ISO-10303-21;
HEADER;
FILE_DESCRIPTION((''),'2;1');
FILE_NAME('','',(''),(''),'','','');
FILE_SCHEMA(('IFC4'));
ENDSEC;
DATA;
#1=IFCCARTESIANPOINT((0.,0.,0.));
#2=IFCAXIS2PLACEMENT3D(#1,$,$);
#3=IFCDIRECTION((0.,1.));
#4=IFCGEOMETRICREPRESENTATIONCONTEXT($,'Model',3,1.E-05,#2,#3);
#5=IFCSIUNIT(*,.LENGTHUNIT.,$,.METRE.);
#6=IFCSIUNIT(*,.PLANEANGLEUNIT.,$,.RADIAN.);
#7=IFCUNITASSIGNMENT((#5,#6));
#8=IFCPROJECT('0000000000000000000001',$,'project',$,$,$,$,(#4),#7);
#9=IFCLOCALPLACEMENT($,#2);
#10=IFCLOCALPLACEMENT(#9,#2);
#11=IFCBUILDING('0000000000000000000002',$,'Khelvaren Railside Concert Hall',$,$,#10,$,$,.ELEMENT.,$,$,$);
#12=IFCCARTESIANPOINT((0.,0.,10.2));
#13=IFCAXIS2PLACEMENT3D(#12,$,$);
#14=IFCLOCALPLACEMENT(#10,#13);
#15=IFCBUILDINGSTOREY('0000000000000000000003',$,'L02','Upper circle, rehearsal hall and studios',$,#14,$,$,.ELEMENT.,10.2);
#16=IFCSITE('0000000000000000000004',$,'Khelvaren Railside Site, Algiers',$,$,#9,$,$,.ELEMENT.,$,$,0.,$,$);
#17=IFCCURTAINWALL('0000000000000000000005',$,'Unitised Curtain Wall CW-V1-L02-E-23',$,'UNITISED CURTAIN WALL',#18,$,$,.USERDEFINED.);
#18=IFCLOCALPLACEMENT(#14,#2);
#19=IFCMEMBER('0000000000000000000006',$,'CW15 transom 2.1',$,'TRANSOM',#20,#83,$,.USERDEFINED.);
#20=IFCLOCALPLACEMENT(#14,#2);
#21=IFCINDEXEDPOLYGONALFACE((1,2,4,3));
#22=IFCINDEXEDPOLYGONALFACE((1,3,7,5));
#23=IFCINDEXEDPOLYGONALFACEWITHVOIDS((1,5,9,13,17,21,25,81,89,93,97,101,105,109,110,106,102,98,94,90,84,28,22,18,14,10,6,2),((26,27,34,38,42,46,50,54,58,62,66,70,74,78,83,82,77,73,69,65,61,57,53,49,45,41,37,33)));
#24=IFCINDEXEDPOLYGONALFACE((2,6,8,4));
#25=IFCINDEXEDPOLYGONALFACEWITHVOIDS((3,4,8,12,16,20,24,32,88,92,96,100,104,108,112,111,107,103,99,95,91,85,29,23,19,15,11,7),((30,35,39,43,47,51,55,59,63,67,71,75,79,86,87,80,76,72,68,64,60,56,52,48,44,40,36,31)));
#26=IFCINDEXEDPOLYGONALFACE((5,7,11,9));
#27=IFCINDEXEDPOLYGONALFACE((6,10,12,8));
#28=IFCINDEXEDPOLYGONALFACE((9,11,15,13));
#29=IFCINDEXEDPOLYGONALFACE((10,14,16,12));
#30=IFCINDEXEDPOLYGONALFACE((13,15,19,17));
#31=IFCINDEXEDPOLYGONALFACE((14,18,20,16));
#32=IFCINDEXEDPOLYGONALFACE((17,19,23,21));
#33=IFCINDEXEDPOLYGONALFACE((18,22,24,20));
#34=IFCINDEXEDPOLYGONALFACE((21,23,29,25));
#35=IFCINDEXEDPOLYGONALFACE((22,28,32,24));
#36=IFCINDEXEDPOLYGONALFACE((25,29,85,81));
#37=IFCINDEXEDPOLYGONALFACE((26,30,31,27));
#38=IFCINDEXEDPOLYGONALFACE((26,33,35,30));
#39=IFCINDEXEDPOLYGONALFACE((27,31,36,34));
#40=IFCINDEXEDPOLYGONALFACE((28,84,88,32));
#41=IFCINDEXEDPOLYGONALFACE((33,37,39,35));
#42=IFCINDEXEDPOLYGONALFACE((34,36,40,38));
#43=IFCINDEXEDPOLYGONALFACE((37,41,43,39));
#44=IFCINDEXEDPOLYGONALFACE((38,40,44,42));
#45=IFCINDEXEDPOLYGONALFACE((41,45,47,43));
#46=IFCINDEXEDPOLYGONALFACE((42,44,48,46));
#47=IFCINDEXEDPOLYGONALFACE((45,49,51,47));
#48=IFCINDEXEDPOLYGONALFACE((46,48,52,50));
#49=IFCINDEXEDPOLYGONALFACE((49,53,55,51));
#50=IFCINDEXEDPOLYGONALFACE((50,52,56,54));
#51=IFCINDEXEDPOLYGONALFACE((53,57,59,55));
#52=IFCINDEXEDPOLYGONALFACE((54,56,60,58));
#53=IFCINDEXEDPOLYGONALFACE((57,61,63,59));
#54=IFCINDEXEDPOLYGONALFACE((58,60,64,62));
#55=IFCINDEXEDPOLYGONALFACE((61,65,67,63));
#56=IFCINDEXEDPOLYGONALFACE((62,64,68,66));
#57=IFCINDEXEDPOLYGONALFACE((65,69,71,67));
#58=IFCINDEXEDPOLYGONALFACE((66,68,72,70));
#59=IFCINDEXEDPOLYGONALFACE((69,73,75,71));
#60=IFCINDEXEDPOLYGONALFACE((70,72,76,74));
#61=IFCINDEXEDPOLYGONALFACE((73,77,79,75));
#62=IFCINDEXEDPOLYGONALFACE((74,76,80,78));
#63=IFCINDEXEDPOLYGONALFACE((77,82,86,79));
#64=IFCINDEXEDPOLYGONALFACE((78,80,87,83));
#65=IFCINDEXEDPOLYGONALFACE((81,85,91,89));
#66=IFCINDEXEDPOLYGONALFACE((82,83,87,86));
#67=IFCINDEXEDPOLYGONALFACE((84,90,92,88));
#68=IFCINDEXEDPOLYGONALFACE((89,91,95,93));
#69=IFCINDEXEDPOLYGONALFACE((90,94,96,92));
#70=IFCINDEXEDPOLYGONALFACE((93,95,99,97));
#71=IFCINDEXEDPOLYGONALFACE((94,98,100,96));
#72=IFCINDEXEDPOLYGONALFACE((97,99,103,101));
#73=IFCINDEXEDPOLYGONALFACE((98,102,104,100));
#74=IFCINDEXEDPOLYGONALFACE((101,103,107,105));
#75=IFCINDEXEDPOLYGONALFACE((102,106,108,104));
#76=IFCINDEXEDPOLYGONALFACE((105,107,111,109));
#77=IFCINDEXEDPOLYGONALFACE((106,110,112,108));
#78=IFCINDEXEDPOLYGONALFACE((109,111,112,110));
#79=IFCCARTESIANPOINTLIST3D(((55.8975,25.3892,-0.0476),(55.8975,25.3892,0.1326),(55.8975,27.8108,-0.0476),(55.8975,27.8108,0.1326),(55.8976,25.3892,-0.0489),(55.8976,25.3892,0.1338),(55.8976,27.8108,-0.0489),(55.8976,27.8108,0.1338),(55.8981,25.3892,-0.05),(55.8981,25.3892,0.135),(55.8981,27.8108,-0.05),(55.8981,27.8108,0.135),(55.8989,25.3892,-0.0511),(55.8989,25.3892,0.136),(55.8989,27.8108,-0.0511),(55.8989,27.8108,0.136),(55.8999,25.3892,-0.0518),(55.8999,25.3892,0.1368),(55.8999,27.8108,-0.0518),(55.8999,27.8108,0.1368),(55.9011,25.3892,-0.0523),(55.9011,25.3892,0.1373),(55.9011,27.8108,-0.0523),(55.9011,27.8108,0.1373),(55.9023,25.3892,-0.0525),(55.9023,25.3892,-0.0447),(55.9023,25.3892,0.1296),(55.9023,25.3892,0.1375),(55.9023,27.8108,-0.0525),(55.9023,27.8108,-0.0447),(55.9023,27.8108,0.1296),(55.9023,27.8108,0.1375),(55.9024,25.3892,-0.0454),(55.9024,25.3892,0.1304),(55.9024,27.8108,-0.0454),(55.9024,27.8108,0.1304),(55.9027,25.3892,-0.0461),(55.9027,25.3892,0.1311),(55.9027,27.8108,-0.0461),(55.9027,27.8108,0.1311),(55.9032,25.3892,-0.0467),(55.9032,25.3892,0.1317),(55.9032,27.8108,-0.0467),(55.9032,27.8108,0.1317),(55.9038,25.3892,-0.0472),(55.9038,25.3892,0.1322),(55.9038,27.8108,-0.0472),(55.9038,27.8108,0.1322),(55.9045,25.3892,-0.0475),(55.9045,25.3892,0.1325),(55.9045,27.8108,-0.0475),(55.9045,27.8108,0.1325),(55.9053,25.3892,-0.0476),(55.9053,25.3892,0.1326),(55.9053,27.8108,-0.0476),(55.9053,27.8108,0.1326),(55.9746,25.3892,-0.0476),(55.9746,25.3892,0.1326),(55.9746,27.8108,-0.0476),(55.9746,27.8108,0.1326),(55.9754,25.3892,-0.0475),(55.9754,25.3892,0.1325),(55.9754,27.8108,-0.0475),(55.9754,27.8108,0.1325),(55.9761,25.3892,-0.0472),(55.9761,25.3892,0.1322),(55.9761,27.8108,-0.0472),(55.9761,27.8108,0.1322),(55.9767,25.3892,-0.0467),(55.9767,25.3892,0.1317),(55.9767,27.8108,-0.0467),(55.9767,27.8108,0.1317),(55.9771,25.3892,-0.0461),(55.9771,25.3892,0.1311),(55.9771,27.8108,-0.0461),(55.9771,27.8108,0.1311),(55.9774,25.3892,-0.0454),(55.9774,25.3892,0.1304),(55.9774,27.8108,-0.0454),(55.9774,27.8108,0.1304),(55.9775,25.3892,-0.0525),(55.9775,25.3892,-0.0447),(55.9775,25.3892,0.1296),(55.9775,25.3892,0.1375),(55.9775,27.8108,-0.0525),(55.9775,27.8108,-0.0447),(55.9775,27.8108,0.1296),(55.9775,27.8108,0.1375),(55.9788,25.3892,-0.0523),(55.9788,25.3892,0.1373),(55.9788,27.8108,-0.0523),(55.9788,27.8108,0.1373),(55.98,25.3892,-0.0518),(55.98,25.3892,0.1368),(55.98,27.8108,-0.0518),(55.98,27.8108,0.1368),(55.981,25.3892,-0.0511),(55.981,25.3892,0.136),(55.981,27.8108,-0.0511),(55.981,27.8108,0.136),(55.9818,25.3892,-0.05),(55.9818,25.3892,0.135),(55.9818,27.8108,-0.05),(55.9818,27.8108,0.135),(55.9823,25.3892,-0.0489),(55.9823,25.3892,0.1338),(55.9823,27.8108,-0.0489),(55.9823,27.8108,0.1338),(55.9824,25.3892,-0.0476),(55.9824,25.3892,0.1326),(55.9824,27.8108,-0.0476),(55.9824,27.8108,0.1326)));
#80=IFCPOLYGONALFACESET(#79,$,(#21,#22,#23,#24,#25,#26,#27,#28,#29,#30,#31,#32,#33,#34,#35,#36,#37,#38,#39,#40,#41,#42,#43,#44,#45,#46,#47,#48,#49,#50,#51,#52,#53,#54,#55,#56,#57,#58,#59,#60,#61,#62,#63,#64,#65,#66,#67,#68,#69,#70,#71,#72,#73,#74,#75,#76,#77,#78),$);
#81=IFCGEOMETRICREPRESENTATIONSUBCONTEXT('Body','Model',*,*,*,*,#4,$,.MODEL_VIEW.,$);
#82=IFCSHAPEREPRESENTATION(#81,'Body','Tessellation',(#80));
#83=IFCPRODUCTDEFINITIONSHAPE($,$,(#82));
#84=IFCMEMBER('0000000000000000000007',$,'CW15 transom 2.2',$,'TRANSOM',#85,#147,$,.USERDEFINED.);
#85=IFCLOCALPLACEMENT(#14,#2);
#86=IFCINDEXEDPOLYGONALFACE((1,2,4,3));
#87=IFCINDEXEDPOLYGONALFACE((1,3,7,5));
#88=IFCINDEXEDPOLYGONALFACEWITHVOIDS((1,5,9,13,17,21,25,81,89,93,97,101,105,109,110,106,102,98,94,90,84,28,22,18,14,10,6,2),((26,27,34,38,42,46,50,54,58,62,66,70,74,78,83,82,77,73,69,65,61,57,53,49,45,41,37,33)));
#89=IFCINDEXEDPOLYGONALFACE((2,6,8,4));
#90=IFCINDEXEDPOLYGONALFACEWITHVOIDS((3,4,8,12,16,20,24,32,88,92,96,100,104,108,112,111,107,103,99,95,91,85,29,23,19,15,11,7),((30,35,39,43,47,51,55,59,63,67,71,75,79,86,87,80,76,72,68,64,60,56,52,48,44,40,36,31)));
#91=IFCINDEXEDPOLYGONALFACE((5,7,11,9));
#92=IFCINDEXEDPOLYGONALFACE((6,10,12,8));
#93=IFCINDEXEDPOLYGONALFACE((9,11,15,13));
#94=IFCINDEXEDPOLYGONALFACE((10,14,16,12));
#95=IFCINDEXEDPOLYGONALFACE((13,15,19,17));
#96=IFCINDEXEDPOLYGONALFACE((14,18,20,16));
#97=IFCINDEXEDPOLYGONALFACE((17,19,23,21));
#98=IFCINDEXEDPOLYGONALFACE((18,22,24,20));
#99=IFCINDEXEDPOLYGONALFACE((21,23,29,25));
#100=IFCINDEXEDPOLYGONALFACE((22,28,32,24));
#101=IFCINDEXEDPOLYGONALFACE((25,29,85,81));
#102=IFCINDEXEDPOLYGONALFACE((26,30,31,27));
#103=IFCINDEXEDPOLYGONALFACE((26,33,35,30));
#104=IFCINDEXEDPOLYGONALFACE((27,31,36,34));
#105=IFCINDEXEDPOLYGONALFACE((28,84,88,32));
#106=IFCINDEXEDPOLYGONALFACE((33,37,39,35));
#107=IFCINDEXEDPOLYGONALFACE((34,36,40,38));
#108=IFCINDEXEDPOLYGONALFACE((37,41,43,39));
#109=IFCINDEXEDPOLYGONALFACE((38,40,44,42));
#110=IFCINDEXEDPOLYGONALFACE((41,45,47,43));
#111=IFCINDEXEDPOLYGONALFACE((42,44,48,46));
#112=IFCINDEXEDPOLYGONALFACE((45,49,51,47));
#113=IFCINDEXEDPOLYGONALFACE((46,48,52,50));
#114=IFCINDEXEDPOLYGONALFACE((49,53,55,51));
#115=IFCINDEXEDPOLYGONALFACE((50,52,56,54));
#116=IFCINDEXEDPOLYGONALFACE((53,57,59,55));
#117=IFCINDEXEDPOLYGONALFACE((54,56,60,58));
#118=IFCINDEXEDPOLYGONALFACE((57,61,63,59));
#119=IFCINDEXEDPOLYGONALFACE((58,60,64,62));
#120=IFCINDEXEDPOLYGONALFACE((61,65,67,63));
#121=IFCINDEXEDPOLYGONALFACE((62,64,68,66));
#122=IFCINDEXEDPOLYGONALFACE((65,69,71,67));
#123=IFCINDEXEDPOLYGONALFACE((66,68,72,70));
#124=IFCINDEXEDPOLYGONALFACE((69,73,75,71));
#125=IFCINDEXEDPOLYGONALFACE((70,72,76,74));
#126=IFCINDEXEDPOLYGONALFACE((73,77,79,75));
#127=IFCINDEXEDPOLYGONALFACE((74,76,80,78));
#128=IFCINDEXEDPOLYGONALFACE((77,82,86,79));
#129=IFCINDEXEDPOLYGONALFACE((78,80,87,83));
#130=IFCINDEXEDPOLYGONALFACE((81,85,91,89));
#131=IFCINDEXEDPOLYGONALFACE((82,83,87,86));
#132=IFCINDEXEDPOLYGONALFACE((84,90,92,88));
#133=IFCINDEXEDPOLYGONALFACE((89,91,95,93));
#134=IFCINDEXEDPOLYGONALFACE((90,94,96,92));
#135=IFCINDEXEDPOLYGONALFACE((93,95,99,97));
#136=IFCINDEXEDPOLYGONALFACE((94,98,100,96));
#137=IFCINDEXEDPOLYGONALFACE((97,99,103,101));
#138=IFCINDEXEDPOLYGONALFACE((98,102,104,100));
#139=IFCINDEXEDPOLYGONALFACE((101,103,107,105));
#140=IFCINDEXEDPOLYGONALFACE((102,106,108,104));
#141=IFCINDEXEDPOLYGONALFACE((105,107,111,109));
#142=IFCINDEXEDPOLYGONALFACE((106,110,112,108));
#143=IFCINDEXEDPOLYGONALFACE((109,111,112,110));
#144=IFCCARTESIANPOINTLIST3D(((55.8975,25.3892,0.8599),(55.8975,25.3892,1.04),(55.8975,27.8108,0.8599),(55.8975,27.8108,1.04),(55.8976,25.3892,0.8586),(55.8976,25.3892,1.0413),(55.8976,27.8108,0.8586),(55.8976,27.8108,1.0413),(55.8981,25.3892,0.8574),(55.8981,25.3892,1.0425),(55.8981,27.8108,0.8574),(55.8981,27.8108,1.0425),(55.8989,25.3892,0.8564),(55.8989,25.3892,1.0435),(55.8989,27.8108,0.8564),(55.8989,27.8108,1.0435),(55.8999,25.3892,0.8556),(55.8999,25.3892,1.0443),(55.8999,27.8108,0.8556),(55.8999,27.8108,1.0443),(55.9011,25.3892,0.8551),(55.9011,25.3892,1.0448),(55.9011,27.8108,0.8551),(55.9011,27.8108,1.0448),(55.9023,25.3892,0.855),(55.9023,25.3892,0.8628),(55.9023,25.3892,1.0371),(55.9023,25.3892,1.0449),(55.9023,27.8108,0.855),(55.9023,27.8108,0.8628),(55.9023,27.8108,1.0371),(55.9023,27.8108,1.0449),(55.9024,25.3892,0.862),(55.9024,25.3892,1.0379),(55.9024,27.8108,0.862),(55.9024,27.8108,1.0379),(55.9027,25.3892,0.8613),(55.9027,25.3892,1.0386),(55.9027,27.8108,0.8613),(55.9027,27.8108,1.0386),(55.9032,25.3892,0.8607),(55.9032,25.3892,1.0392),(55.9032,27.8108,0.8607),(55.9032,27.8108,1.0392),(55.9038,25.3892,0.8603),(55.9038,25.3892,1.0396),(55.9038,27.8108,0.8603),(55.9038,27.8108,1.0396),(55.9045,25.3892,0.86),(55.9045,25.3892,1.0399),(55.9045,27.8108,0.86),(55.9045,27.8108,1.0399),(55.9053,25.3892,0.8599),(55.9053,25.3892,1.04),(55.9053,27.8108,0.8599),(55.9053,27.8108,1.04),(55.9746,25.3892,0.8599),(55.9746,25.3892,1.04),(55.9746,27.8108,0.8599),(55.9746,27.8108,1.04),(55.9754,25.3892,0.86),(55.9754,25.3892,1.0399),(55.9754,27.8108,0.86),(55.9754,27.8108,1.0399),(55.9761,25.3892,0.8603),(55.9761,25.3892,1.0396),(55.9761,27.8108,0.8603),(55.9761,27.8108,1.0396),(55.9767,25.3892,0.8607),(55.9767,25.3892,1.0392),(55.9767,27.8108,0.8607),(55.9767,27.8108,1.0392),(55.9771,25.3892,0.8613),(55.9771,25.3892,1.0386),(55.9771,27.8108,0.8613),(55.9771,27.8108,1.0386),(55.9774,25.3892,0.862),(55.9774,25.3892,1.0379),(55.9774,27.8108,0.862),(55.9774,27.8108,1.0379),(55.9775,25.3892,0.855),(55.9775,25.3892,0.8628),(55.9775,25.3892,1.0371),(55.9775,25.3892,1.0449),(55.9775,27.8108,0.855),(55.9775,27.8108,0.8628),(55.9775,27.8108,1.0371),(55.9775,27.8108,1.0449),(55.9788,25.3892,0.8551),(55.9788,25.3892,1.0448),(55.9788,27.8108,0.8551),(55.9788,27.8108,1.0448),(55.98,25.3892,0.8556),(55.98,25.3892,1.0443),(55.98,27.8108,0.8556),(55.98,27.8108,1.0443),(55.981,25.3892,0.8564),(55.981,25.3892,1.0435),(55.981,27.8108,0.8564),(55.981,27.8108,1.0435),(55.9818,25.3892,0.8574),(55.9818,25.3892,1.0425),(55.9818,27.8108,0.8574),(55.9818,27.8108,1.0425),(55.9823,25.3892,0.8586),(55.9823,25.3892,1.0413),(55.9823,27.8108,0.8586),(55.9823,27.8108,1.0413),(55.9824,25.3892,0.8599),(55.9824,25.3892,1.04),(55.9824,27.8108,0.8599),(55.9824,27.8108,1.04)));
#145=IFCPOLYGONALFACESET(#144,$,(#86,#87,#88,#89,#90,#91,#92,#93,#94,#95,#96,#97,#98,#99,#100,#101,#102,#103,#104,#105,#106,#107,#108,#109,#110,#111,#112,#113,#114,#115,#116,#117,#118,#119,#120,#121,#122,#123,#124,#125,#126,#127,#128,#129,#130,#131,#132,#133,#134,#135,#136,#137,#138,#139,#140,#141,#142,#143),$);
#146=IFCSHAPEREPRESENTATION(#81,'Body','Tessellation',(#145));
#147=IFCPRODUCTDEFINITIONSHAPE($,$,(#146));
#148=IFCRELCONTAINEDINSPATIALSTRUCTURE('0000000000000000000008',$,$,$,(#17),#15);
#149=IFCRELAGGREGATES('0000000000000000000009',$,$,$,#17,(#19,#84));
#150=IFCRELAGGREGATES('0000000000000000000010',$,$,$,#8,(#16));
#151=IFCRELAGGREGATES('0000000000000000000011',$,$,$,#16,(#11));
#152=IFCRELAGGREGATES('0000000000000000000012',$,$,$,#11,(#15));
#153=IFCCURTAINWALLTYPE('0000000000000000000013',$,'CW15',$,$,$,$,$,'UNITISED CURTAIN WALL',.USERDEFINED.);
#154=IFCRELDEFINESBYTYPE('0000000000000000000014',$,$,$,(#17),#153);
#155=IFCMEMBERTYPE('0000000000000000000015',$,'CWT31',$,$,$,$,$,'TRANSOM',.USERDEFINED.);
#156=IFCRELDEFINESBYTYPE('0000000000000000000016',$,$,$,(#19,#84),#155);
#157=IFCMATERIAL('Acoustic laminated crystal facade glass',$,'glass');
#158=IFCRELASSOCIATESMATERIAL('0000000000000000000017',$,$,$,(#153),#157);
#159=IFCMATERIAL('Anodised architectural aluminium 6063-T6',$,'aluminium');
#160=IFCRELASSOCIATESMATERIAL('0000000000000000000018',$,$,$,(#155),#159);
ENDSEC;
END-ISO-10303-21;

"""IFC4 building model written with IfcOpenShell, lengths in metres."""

from ifc_helpers import new_model, si_unit, direction, frame, origin, origin_2d, place, context, subcontext, project, spatial, hollow_rectangle, extrude, material, material_profile, profile_set, type_object, element, aggregate, save


model = new_model("IFC4")

# Units and contexts
model_context = context("Model", 3, precision=1e-05, world=origin(), true_north=direction((0.0, 1.0)))
body_context = subcontext(model_context, "Body", "Model", "MODEL_VIEW")
ifc_project = project(units=[si_unit("LENGTHUNIT", "METRE"), si_unit("PLANEANGLEUNIT", "RADIAN")], contexts=[model_context])

# Site, building, storey
site_placement = place(None, origin())
site = spatial("IfcSite", under=ifc_project, at=site_placement, Name="Khelvaren Railside Site, Algiers", CompositionType="ELEMENT", RefElevation=0.0)
building_placement = place(site_placement, origin())
building = spatial("IfcBuilding", under=site, at=building_placement, Name="Khelvaren Railside Concert Hall", CompositionType="ELEMENT")
storey_placement = place(building_placement, frame((0.0, 0.0, 10.2)))
storey = spatial("IfcBuildingStorey", under=building, at=storey_placement, Name="L02", Description="Upper circle, rehearsal hall and studios", CompositionType="ELEMENT", Elevation=10.2)

# Shared definitions
ifc_material_1 = material(Name="Acoustic laminated crystal facade glass", Category="glass")
ifc_material_2 = material(Name="Anodised architectural aluminium 6063-T6", Category="aluminium")

# Curtain wall
curtain_wall_type_1 = type_object("IfcCurtainWallType", Name="CW15", ElementType="UNITISED CURTAIN WALL", PredefinedType="USERDEFINED", material=ifc_material_1)
curtain_wall_1_placement = place(storey_placement, origin())
curtain_wall_1 = element("IfcCurtainWall", 1, at=curtain_wall_1_placement, inside=storey, type_object=curtain_wall_type_1, Name="Unitised Curtain Wall CW-V1-L02-E-23", ObjectType="UNITISED CURTAIN WALL", PredefinedType="USERDEFINED")

# Members
ifc_material_profile_1 = material_profile(ifc_material_2, hollow_rectangle(XDim=0.085, YDim=0.1899, WallThickness=0.0049, InnerFilletRadius=0.0029, OuterFilletRadius=0.0049, at=origin_2d()), Name="CWT 85x190x5")
ifc_profile_set_1 = profile_set([ifc_material_profile_1], Name="Anodised architectural aluminium 6063-T6")
member_type_1 = type_object("IfcMemberType", Name="CWT31", ElementType="TRANSOM", PredefinedType="USERDEFINED", material=ifc_profile_set_1)
member_1_placement = place(storey_placement, frame((55.9399, 27.8108, 0.0425), z_axis=(0.0, -1.0, 0.0), x_axis=(1.0, 0.0, 0.0)))
member_1 = element("IfcMember", 2, at=member_1_placement, type_object=member_type_1, Name="CW15 transom 2.1", ObjectType="TRANSOM", PredefinedType="USERDEFINED", context=body_context, shape_type="SweptSolid", body=[
    extrude(hollow_rectangle(XDim=0.085, YDim=0.1899, WallThickness=0.0049, InnerFilletRadius=0.0029, OuterFilletRadius=0.0049, at=origin_2d()), origin(), (0.0, 0.0, 1.0), 2.4216),
])
member_2_placement = place(storey_placement, frame((55.9399, 27.8108, 0.95), z_axis=(0.0, -1.0, 0.0), x_axis=(1.0, 0.0, 0.0)))
member_2 = element("IfcMember", 3, at=member_2_placement, type_object=member_type_1, Name="CW15 transom 2.2", ObjectType="TRANSOM", PredefinedType="USERDEFINED", context=body_context, shape_type="SweptSolid", body=[
    extrude(hollow_rectangle(XDim=0.085, YDim=0.1899, WallThickness=0.0049, InnerFilletRadius=0.0029, OuterFilletRadius=0.0049, at=origin_2d()), origin(), (0.0, 0.0, 1.0), 2.4216),
])

aggregate(curtain_wall_1, [member_1, member_2])

save(model, "model.ifc")
